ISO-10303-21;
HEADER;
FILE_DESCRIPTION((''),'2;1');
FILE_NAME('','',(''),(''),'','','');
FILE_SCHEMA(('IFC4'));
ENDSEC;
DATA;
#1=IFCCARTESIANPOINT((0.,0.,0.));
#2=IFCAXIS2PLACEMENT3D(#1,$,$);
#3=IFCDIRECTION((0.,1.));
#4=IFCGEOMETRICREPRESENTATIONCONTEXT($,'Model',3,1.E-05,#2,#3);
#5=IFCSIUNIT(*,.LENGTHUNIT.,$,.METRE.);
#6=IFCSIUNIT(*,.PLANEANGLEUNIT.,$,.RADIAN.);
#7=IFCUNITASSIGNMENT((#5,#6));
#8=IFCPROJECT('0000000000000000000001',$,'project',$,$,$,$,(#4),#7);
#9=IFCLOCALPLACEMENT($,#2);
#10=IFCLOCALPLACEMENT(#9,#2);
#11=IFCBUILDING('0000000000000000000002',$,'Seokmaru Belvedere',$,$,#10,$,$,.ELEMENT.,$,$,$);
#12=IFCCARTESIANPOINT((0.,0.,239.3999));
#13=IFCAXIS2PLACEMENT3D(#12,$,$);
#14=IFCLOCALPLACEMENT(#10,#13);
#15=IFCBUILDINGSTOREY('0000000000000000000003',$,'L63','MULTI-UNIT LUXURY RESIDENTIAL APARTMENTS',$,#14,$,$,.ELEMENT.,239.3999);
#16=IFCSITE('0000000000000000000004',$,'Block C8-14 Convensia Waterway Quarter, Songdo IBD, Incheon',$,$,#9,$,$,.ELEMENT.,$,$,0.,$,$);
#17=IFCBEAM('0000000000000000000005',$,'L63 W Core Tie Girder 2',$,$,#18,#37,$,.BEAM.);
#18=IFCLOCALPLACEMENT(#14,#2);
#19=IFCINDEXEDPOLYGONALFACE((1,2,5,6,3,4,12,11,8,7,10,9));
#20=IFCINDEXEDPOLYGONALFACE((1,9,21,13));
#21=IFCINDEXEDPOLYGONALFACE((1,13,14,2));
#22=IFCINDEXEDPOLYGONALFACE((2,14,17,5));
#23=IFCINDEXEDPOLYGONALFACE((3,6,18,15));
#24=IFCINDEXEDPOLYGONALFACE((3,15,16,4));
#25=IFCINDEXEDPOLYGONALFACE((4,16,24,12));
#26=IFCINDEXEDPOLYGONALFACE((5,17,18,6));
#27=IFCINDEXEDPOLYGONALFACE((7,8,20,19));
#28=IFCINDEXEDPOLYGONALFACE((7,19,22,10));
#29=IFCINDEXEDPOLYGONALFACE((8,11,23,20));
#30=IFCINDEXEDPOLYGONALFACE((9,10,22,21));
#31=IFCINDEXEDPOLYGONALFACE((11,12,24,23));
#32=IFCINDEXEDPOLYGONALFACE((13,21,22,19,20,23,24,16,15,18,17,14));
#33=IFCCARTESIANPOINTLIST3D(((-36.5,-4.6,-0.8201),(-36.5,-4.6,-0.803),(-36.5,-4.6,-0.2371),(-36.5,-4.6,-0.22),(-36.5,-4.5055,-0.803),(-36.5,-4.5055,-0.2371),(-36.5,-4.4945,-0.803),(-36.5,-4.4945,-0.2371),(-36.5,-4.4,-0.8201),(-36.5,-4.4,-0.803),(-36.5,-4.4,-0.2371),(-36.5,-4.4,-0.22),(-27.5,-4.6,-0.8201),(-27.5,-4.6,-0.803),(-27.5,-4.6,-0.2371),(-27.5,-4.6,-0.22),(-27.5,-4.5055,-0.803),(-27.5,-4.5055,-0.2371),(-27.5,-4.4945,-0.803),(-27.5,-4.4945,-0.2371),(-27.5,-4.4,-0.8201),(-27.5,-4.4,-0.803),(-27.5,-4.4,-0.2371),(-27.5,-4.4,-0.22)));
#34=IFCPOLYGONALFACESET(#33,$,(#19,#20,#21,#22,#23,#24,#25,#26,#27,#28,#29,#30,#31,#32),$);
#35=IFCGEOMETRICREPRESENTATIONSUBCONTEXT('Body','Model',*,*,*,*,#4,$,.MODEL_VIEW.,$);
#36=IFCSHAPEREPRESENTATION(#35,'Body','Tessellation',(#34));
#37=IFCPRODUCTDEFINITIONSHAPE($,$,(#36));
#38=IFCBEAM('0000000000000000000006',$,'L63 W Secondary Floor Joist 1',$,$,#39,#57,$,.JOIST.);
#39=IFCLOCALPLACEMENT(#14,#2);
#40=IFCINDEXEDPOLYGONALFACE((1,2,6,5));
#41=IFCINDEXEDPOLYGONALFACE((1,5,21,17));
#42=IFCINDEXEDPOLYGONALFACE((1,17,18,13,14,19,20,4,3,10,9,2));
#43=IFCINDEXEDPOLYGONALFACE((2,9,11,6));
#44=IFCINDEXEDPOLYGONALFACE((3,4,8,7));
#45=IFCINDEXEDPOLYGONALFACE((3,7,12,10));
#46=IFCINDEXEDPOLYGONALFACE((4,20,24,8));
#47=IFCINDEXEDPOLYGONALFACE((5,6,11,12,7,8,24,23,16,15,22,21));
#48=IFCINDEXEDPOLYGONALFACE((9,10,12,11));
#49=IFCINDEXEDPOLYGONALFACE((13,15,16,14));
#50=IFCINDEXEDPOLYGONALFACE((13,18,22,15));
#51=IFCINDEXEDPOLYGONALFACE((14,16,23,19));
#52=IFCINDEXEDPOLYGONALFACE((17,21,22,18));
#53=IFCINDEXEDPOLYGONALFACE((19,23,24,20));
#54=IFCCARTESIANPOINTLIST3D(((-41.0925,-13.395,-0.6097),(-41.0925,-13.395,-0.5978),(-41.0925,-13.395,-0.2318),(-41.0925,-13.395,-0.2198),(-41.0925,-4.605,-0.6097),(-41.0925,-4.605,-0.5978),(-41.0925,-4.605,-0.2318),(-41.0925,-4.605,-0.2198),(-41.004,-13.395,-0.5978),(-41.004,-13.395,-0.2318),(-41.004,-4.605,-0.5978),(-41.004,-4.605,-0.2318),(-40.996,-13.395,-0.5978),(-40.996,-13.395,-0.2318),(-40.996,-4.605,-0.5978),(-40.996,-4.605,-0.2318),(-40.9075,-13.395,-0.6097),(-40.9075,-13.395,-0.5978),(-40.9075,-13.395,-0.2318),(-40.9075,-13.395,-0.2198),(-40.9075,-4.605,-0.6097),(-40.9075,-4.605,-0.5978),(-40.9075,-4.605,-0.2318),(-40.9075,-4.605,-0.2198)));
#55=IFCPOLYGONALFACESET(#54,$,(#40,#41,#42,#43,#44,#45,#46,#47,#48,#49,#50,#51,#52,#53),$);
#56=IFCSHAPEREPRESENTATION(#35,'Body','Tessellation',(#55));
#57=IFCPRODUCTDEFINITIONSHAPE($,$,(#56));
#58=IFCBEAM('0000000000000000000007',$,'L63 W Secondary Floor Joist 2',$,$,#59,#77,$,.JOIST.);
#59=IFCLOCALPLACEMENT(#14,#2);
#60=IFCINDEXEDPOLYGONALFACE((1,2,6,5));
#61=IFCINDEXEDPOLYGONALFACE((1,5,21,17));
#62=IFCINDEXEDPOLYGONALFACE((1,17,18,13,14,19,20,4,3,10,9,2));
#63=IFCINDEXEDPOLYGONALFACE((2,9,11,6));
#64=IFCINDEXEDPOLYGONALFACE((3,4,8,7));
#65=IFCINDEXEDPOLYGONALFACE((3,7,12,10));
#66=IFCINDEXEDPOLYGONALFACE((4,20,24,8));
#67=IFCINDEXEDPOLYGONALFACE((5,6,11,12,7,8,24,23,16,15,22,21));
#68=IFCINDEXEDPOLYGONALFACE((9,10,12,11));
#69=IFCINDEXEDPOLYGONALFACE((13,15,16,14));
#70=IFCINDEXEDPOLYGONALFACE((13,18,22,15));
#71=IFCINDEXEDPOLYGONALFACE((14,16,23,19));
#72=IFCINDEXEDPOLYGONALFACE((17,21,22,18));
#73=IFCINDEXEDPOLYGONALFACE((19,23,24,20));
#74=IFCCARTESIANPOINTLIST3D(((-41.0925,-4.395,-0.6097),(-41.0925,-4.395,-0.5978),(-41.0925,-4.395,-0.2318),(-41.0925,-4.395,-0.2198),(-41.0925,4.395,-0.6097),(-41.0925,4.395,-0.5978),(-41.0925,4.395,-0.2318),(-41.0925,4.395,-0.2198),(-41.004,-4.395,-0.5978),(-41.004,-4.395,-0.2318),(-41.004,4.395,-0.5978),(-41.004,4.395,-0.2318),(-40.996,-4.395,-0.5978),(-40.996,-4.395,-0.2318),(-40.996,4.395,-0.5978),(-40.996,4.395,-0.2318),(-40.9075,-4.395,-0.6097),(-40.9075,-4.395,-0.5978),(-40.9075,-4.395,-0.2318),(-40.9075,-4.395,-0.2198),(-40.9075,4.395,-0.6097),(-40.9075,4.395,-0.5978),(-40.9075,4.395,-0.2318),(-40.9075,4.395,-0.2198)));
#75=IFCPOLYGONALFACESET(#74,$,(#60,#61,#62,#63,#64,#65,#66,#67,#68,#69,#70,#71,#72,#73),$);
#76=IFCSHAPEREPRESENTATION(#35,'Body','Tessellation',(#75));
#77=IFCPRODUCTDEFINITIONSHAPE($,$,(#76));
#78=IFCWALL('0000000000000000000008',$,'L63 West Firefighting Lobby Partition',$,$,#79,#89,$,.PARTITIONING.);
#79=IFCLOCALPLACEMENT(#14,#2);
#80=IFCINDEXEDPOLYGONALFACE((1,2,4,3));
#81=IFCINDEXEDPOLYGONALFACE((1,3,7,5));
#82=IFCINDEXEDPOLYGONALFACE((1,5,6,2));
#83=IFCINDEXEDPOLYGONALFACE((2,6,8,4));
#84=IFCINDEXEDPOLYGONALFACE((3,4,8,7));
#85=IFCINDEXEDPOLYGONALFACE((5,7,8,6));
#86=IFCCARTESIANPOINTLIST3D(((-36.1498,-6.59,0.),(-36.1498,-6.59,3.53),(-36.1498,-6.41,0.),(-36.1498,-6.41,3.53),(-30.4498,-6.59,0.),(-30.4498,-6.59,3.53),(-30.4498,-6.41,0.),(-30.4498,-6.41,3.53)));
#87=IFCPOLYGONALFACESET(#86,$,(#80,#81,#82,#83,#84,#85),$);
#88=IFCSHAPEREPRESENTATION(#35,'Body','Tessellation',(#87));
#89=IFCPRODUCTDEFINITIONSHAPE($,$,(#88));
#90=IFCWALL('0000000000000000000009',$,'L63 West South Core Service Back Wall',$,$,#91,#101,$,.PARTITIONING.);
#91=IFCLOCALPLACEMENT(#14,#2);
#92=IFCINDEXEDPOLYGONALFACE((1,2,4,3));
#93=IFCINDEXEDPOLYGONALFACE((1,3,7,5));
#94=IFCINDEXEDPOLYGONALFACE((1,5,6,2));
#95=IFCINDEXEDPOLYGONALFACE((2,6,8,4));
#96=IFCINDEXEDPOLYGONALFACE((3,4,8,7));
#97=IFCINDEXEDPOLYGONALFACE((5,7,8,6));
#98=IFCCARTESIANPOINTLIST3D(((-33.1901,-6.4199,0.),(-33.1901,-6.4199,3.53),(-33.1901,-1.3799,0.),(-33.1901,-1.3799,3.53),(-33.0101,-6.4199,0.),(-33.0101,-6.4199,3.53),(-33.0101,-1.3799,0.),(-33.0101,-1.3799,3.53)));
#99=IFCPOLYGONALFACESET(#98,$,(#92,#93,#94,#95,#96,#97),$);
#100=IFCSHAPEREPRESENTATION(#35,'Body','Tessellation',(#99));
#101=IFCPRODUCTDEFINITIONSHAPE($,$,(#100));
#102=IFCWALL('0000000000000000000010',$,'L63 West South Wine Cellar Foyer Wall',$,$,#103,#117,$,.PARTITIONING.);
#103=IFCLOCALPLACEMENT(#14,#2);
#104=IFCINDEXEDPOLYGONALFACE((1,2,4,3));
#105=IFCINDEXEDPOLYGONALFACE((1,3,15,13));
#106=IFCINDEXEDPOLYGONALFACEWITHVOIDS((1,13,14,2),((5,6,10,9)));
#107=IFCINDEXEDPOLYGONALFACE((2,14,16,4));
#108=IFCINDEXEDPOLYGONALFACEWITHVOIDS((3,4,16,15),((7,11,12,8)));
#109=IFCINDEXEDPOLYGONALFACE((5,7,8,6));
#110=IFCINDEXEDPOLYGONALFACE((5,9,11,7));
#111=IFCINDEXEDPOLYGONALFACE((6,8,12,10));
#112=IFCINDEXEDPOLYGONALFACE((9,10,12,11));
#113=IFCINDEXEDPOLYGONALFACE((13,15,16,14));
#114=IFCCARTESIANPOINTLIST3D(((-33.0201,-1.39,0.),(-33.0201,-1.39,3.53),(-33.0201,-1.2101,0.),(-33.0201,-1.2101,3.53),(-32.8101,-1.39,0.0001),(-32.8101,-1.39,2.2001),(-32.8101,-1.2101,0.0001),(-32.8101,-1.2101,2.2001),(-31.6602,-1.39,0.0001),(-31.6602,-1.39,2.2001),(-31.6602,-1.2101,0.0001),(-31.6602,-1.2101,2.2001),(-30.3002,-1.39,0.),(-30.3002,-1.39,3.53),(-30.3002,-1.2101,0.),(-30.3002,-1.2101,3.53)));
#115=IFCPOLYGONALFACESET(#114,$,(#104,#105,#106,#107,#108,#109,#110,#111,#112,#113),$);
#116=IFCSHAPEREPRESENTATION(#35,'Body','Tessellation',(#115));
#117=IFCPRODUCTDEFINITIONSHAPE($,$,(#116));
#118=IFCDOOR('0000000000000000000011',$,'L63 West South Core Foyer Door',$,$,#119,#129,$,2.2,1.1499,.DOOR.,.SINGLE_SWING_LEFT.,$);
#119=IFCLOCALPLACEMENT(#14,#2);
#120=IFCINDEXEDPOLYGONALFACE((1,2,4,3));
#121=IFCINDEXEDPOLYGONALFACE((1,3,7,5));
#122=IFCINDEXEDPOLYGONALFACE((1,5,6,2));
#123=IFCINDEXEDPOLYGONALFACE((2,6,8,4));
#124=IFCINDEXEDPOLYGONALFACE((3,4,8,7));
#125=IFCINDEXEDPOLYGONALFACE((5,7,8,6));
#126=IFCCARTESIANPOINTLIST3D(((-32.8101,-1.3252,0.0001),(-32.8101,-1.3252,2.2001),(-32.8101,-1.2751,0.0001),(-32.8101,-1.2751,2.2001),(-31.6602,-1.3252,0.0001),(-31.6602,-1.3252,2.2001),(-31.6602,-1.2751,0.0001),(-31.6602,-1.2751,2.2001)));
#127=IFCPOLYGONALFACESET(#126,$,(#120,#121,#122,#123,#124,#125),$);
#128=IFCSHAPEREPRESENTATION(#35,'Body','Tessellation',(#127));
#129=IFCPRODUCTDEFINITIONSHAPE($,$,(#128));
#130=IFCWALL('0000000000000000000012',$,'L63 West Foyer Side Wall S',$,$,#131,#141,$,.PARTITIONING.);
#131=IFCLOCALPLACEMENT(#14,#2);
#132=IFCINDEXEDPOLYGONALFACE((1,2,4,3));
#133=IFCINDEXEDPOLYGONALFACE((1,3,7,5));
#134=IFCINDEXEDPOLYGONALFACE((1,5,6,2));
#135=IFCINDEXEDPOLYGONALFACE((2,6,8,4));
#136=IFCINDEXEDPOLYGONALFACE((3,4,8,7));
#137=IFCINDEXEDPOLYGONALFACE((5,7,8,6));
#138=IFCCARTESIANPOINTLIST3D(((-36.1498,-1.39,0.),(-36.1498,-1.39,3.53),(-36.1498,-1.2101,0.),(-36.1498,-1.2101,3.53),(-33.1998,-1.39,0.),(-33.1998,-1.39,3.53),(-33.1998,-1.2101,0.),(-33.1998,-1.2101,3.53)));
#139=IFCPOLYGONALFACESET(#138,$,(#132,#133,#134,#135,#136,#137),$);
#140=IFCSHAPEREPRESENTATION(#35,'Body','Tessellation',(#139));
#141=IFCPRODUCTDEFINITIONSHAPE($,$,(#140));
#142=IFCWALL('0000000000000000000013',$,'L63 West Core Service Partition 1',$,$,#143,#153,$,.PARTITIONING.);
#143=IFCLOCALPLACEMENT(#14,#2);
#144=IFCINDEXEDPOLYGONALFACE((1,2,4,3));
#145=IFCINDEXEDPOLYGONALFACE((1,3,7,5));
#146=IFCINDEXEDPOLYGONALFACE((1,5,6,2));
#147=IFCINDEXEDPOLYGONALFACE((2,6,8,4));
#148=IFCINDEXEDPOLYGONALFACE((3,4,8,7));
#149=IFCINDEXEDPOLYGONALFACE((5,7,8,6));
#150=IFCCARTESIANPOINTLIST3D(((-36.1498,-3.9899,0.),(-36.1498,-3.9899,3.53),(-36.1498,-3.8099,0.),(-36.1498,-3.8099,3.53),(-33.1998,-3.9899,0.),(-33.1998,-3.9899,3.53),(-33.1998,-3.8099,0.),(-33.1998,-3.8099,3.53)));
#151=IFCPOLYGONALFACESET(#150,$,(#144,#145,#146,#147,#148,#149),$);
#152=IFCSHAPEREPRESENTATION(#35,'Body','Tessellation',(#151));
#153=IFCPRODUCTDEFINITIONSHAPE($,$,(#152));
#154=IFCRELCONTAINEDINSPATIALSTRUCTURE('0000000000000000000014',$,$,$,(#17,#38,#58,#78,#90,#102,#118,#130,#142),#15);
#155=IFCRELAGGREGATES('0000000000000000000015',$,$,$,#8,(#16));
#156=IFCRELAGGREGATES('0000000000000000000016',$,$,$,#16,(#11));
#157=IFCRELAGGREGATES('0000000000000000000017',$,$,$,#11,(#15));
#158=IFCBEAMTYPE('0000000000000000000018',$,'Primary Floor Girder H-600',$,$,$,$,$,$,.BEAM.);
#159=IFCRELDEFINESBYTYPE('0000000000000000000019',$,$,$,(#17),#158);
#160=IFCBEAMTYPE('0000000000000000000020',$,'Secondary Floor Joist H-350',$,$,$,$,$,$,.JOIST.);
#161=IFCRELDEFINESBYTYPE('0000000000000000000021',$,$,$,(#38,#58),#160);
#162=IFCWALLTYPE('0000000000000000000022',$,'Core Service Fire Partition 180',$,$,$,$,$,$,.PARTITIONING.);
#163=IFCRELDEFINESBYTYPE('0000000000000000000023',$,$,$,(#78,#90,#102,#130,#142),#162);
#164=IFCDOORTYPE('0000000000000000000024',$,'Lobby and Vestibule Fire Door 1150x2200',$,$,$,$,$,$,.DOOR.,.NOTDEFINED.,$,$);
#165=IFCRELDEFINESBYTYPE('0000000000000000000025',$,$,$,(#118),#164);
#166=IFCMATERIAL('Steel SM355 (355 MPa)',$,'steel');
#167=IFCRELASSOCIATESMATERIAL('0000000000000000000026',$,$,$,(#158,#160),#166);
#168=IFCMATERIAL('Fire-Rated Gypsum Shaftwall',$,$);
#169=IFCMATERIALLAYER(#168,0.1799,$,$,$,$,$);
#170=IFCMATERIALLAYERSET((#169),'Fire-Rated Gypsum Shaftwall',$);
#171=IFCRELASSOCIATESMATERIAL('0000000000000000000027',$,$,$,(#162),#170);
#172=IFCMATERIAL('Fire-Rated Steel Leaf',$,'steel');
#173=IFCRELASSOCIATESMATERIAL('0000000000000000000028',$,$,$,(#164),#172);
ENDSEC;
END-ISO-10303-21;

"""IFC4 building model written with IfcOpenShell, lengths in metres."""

from ifc_helpers import new_model, si_unit, direction, frame, frame_2d, origin, origin_2d, place, context, subcontext, project, spatial, rectangle, i_section, extrude, source, transform, mapped, material, layer, layer_set, material_profile, profile_set, type_object, type_shapes, element, fill, save


model = new_model("IFC4")

# Units and contexts
model_context = context("Model", 3, precision=1e-05, world=origin(), true_north=direction((0.0, 1.0)))
body_context = subcontext(model_context, "Body", "Model", "MODEL_VIEW")
ifc_project = project(units=[si_unit("LENGTHUNIT", "METRE"), si_unit("PLANEANGLEUNIT", "RADIAN")], contexts=[model_context])

# Site, building, storey
site_placement = place(None, origin())
site = spatial("IfcSite", under=ifc_project, at=site_placement, Name="Block C8-14 Convensia Waterway Quarter, Songdo IBD, Incheon", CompositionType="ELEMENT", RefElevation=0.0)
building_placement = place(site_placement, origin())
building = spatial("IfcBuilding", under=site, at=building_placement, Name="Seokmaru Belvedere", CompositionType="ELEMENT")
storey_placement = place(building_placement, frame((0.0, 0.0, 239.3999)))
storey = spatial("IfcBuildingStorey", under=building, at=storey_placement, Name="L63", Description="MULTI-UNIT LUXURY RESIDENTIAL APARTMENTS", CompositionType="ELEMENT", Elevation=239.3999)

# Beams
ifc_material_1 = material(Name="Steel SM355 (355 MPa)", Category="steel")
ifc_material_profile_1 = material_profile(ifc_material_1, i_section(OverallWidth=0.2, OverallDepth=0.6001, WebThickness=0.011, FlangeThickness=0.0171, at=origin_2d()), Name="H-600x200x11x17")
ifc_profile_set_1 = profile_set([ifc_material_profile_1], Name="Steel SM355 (355 MPa)")
beam_type_1 = type_object("IfcBeamType", Name="Primary Floor Girder H-600", PredefinedType="BEAM", material=ifc_profile_set_1)
shared_shape_1 = source(origin(), body_context, "Body", "SweptSolid", [
    extrude(i_section(OverallWidth=0.2, OverallDepth=0.6001, WebThickness=0.011, FlangeThickness=0.0171, at=origin_2d()), origin(), (0.0, 0.0, 1.0), 9.0),
])
type_shapes(beam_type_1, [shared_shape_1])
beam_placement = place(storey_placement, frame((-36.5, -4.5, -0.52), z_axis=(1.0, 0.0, 0.0), x_axis=(0.0, 1.0, 0.0)))
element("IfcBeam", 1, at=beam_placement, inside=storey, type_object=beam_type_1, Name="L63 W Core Tie Girder 2", PredefinedType="BEAM", context=body_context, shape_type="MappedRepresentation", body=[
    mapped(shared_shape_1, transform((0.0, 0.0, 0.0), scale=1.0)),
])
ifc_material_profile_2 = material_profile(ifc_material_1, i_section(OverallWidth=0.1851, OverallDepth=0.3899, WebThickness=0.0081, FlangeThickness=0.012, at=origin_2d()), Name="H-390x185x8x12")
ifc_profile_set_2 = profile_set([ifc_material_profile_2], Name="Steel SM355 (355 MPa)")
beam_type_2 = type_object("IfcBeamType", Name="Secondary Floor Joist H-350", PredefinedType="JOIST", material=ifc_profile_set_2)
shared_shape_2 = source(origin(), body_context, "Body", "SweptSolid", [
    extrude(i_section(OverallWidth=0.1851, OverallDepth=0.3899, WebThickness=0.0081, FlangeThickness=0.012, at=origin_2d()), origin(), (0.0, 0.0, 1.0), 8.79),
])
type_shapes(beam_type_2, [shared_shape_2])
for number, where, z_axis, x_axis, name in (
    (2, (-41.0, -13.395, -0.4148), (0.0, 1.0, 0.0), (-1.0, 0.0, 0.0), "L63 W Secondary Floor Joist 1"),
    (3, (-41.0, -4.395, -0.4148), (0.0, 1.0, 0.0), (-1.0, 0.0, 0.0), "L63 W Secondary Floor Joist 2"),
):
    element("IfcBeam", number, at=place(storey_placement, frame(where, z_axis=z_axis, x_axis=x_axis)), inside=storey, type_object=beam_type_2, Name=name, PredefinedType="JOIST", context=body_context, shape_type="MappedRepresentation", body=[
        mapped(shared_shape_2, transform((0.0, 0.0, 0.0), scale=1.0)),
    ])

# Walls
ifc_material_2 = material(Name="Fire-Rated Gypsum Shaftwall")
ifc_layer_1 = layer(ifc_material_2, 0.1799)
ifc_layer_set_1 = layer_set([ifc_layer_1], Name="Fire-Rated Gypsum Shaftwall")
wall_type_1 = type_object("IfcWallType", Name="Core Service Fire Partition 180", PredefinedType="PARTITIONING", material=ifc_layer_set_1)
wall_1_placement = place(storey_placement, frame((-36.1499, -6.5, 0.0), z_axis=(0.0, 0.0, 1.0), x_axis=(1.0, 0.0, 0.0)))
element("IfcWall", 4, at=wall_1_placement, inside=storey, type_object=wall_type_1, Name="L63 West Firefighting Lobby Partition", PredefinedType="PARTITIONING", context=body_context, shape_type="SweptSolid", body=[
    extrude(rectangle(XDim=5.7, YDim=0.1799, at=frame_2d((2.8501, 0.0))), origin(), (0.0, 0.0, 1.0), 3.53),
])
wall_2_placement = place(storey_placement, frame((-33.1001, -6.4199, 0.0), z_axis=(0.0, 0.0, 1.0), x_axis=(0.0, 1.0, 0.0)))
element("IfcWall", 5, at=wall_2_placement, inside=storey, type_object=wall_type_1, Name="L63 West South Core Service Back Wall", PredefinedType="PARTITIONING", context=body_context, shape_type="SweptSolid", body=[
    extrude(rectangle(XDim=5.04, YDim=0.1799, at=frame_2d((2.52, 0.0))), origin(), (0.0, 0.0, 1.0), 3.53),
])

# Wall, opening, door
wall_3_placement = place(storey_placement, frame((-33.02, -1.3, 0.0), z_axis=(0.0, 0.0, 1.0), x_axis=(1.0, 0.0, 0.0)))
wall_3 = element("IfcWall", 6, at=wall_3_placement, inside=storey, type_object=wall_type_1, Name="L63 West South Wine Cellar Foyer Wall", PredefinedType="PARTITIONING", context=body_context, shape_type="SweptSolid", body=[
    extrude(rectangle(XDim=2.72, YDim=0.1799, at=frame_2d((1.3599, 0.0))), origin(), (0.0, 0.0, 1.0), 3.53),
])
opening_1_placement = place(wall_3_placement, frame((0.21, 0.0, 0.0)))
opening_1 = element("IfcOpeningElement", 7, at=opening_1_placement, cuts=wall_3, PredefinedType="OPENING", context=body_context, shape_type="SweptSolid", body=[
    extrude(rectangle(XDim=1.1499, YDim=2.2, at=frame_2d((0.575, 1.1001))), frame((0.0, 0.1001, 0.0), z_axis=(0.0, -1.0, 0.0), x_axis=(1.0, 0.0, 0.0)), (0.0, 0.0, 1.0), 0.2),
])
ifc_material_3 = material(Name="Fire-Rated Steel Leaf", Category="steel")
door_type_1 = type_object("IfcDoorType", Name="Lobby and Vestibule Fire Door 1150x2200", OperationType="NOTDEFINED", PredefinedType="DOOR", material=ifc_material_3)
shared_shape_3 = source(origin(), body_context, "Body", "SweptSolid", [
    extrude(rectangle(XDim=1.1499, YDim=2.2, at=frame_2d((0.575, 1.1001))), frame((0.0, 0.0249, 0.0), z_axis=(0.0, -1.0, 0.0), x_axis=(1.0, 0.0, 0.0)), (0.0, 0.0, 1.0), 0.05),
])
type_shapes(door_type_1, [shared_shape_3])
door_1_placement = place(opening_1_placement, origin())
door_1 = element("IfcDoor", 8, at=door_1_placement, inside=storey, type_object=door_type_1, Name="L63 West South Core Foyer Door", OperationType="SINGLE_SWING_LEFT", OverallHeight=2.2, OverallWidth=1.1499, PredefinedType="DOOR", context=body_context, shape_type="MappedRepresentation", body=[
    mapped(shared_shape_3, transform((0.0, 0.0, 0.0), scale=1.0)),
])
fill(opening_1, door_1)

# Walls
for number, where, z_axis, x_axis, name in (
    (9, (-36.1499, -1.3, 0.0), (0.0, 0.0, 1.0), (1.0, 0.0, 0.0), "L63 West Foyer Side Wall S"),
    (10, (-36.1499, -3.8999, 0.0), (0.0, 0.0, 1.0), (1.0, 0.0, 0.0), "L63 West Core Service Partition 1"),
):
    element("IfcWall", number, at=place(storey_placement, frame(where, z_axis=z_axis, x_axis=x_axis)), inside=storey, type_object=wall_type_1, Name=name, PredefinedType="PARTITIONING", context=body_context, shape_type="SweptSolid", body=[
        extrude(rectangle(XDim=2.95, YDim=0.1799, at=frame_2d((1.4751, 0.0))), origin(), (0.0, 0.0, 1.0), 3.53),
    ])

save(model, "model.ifc")
